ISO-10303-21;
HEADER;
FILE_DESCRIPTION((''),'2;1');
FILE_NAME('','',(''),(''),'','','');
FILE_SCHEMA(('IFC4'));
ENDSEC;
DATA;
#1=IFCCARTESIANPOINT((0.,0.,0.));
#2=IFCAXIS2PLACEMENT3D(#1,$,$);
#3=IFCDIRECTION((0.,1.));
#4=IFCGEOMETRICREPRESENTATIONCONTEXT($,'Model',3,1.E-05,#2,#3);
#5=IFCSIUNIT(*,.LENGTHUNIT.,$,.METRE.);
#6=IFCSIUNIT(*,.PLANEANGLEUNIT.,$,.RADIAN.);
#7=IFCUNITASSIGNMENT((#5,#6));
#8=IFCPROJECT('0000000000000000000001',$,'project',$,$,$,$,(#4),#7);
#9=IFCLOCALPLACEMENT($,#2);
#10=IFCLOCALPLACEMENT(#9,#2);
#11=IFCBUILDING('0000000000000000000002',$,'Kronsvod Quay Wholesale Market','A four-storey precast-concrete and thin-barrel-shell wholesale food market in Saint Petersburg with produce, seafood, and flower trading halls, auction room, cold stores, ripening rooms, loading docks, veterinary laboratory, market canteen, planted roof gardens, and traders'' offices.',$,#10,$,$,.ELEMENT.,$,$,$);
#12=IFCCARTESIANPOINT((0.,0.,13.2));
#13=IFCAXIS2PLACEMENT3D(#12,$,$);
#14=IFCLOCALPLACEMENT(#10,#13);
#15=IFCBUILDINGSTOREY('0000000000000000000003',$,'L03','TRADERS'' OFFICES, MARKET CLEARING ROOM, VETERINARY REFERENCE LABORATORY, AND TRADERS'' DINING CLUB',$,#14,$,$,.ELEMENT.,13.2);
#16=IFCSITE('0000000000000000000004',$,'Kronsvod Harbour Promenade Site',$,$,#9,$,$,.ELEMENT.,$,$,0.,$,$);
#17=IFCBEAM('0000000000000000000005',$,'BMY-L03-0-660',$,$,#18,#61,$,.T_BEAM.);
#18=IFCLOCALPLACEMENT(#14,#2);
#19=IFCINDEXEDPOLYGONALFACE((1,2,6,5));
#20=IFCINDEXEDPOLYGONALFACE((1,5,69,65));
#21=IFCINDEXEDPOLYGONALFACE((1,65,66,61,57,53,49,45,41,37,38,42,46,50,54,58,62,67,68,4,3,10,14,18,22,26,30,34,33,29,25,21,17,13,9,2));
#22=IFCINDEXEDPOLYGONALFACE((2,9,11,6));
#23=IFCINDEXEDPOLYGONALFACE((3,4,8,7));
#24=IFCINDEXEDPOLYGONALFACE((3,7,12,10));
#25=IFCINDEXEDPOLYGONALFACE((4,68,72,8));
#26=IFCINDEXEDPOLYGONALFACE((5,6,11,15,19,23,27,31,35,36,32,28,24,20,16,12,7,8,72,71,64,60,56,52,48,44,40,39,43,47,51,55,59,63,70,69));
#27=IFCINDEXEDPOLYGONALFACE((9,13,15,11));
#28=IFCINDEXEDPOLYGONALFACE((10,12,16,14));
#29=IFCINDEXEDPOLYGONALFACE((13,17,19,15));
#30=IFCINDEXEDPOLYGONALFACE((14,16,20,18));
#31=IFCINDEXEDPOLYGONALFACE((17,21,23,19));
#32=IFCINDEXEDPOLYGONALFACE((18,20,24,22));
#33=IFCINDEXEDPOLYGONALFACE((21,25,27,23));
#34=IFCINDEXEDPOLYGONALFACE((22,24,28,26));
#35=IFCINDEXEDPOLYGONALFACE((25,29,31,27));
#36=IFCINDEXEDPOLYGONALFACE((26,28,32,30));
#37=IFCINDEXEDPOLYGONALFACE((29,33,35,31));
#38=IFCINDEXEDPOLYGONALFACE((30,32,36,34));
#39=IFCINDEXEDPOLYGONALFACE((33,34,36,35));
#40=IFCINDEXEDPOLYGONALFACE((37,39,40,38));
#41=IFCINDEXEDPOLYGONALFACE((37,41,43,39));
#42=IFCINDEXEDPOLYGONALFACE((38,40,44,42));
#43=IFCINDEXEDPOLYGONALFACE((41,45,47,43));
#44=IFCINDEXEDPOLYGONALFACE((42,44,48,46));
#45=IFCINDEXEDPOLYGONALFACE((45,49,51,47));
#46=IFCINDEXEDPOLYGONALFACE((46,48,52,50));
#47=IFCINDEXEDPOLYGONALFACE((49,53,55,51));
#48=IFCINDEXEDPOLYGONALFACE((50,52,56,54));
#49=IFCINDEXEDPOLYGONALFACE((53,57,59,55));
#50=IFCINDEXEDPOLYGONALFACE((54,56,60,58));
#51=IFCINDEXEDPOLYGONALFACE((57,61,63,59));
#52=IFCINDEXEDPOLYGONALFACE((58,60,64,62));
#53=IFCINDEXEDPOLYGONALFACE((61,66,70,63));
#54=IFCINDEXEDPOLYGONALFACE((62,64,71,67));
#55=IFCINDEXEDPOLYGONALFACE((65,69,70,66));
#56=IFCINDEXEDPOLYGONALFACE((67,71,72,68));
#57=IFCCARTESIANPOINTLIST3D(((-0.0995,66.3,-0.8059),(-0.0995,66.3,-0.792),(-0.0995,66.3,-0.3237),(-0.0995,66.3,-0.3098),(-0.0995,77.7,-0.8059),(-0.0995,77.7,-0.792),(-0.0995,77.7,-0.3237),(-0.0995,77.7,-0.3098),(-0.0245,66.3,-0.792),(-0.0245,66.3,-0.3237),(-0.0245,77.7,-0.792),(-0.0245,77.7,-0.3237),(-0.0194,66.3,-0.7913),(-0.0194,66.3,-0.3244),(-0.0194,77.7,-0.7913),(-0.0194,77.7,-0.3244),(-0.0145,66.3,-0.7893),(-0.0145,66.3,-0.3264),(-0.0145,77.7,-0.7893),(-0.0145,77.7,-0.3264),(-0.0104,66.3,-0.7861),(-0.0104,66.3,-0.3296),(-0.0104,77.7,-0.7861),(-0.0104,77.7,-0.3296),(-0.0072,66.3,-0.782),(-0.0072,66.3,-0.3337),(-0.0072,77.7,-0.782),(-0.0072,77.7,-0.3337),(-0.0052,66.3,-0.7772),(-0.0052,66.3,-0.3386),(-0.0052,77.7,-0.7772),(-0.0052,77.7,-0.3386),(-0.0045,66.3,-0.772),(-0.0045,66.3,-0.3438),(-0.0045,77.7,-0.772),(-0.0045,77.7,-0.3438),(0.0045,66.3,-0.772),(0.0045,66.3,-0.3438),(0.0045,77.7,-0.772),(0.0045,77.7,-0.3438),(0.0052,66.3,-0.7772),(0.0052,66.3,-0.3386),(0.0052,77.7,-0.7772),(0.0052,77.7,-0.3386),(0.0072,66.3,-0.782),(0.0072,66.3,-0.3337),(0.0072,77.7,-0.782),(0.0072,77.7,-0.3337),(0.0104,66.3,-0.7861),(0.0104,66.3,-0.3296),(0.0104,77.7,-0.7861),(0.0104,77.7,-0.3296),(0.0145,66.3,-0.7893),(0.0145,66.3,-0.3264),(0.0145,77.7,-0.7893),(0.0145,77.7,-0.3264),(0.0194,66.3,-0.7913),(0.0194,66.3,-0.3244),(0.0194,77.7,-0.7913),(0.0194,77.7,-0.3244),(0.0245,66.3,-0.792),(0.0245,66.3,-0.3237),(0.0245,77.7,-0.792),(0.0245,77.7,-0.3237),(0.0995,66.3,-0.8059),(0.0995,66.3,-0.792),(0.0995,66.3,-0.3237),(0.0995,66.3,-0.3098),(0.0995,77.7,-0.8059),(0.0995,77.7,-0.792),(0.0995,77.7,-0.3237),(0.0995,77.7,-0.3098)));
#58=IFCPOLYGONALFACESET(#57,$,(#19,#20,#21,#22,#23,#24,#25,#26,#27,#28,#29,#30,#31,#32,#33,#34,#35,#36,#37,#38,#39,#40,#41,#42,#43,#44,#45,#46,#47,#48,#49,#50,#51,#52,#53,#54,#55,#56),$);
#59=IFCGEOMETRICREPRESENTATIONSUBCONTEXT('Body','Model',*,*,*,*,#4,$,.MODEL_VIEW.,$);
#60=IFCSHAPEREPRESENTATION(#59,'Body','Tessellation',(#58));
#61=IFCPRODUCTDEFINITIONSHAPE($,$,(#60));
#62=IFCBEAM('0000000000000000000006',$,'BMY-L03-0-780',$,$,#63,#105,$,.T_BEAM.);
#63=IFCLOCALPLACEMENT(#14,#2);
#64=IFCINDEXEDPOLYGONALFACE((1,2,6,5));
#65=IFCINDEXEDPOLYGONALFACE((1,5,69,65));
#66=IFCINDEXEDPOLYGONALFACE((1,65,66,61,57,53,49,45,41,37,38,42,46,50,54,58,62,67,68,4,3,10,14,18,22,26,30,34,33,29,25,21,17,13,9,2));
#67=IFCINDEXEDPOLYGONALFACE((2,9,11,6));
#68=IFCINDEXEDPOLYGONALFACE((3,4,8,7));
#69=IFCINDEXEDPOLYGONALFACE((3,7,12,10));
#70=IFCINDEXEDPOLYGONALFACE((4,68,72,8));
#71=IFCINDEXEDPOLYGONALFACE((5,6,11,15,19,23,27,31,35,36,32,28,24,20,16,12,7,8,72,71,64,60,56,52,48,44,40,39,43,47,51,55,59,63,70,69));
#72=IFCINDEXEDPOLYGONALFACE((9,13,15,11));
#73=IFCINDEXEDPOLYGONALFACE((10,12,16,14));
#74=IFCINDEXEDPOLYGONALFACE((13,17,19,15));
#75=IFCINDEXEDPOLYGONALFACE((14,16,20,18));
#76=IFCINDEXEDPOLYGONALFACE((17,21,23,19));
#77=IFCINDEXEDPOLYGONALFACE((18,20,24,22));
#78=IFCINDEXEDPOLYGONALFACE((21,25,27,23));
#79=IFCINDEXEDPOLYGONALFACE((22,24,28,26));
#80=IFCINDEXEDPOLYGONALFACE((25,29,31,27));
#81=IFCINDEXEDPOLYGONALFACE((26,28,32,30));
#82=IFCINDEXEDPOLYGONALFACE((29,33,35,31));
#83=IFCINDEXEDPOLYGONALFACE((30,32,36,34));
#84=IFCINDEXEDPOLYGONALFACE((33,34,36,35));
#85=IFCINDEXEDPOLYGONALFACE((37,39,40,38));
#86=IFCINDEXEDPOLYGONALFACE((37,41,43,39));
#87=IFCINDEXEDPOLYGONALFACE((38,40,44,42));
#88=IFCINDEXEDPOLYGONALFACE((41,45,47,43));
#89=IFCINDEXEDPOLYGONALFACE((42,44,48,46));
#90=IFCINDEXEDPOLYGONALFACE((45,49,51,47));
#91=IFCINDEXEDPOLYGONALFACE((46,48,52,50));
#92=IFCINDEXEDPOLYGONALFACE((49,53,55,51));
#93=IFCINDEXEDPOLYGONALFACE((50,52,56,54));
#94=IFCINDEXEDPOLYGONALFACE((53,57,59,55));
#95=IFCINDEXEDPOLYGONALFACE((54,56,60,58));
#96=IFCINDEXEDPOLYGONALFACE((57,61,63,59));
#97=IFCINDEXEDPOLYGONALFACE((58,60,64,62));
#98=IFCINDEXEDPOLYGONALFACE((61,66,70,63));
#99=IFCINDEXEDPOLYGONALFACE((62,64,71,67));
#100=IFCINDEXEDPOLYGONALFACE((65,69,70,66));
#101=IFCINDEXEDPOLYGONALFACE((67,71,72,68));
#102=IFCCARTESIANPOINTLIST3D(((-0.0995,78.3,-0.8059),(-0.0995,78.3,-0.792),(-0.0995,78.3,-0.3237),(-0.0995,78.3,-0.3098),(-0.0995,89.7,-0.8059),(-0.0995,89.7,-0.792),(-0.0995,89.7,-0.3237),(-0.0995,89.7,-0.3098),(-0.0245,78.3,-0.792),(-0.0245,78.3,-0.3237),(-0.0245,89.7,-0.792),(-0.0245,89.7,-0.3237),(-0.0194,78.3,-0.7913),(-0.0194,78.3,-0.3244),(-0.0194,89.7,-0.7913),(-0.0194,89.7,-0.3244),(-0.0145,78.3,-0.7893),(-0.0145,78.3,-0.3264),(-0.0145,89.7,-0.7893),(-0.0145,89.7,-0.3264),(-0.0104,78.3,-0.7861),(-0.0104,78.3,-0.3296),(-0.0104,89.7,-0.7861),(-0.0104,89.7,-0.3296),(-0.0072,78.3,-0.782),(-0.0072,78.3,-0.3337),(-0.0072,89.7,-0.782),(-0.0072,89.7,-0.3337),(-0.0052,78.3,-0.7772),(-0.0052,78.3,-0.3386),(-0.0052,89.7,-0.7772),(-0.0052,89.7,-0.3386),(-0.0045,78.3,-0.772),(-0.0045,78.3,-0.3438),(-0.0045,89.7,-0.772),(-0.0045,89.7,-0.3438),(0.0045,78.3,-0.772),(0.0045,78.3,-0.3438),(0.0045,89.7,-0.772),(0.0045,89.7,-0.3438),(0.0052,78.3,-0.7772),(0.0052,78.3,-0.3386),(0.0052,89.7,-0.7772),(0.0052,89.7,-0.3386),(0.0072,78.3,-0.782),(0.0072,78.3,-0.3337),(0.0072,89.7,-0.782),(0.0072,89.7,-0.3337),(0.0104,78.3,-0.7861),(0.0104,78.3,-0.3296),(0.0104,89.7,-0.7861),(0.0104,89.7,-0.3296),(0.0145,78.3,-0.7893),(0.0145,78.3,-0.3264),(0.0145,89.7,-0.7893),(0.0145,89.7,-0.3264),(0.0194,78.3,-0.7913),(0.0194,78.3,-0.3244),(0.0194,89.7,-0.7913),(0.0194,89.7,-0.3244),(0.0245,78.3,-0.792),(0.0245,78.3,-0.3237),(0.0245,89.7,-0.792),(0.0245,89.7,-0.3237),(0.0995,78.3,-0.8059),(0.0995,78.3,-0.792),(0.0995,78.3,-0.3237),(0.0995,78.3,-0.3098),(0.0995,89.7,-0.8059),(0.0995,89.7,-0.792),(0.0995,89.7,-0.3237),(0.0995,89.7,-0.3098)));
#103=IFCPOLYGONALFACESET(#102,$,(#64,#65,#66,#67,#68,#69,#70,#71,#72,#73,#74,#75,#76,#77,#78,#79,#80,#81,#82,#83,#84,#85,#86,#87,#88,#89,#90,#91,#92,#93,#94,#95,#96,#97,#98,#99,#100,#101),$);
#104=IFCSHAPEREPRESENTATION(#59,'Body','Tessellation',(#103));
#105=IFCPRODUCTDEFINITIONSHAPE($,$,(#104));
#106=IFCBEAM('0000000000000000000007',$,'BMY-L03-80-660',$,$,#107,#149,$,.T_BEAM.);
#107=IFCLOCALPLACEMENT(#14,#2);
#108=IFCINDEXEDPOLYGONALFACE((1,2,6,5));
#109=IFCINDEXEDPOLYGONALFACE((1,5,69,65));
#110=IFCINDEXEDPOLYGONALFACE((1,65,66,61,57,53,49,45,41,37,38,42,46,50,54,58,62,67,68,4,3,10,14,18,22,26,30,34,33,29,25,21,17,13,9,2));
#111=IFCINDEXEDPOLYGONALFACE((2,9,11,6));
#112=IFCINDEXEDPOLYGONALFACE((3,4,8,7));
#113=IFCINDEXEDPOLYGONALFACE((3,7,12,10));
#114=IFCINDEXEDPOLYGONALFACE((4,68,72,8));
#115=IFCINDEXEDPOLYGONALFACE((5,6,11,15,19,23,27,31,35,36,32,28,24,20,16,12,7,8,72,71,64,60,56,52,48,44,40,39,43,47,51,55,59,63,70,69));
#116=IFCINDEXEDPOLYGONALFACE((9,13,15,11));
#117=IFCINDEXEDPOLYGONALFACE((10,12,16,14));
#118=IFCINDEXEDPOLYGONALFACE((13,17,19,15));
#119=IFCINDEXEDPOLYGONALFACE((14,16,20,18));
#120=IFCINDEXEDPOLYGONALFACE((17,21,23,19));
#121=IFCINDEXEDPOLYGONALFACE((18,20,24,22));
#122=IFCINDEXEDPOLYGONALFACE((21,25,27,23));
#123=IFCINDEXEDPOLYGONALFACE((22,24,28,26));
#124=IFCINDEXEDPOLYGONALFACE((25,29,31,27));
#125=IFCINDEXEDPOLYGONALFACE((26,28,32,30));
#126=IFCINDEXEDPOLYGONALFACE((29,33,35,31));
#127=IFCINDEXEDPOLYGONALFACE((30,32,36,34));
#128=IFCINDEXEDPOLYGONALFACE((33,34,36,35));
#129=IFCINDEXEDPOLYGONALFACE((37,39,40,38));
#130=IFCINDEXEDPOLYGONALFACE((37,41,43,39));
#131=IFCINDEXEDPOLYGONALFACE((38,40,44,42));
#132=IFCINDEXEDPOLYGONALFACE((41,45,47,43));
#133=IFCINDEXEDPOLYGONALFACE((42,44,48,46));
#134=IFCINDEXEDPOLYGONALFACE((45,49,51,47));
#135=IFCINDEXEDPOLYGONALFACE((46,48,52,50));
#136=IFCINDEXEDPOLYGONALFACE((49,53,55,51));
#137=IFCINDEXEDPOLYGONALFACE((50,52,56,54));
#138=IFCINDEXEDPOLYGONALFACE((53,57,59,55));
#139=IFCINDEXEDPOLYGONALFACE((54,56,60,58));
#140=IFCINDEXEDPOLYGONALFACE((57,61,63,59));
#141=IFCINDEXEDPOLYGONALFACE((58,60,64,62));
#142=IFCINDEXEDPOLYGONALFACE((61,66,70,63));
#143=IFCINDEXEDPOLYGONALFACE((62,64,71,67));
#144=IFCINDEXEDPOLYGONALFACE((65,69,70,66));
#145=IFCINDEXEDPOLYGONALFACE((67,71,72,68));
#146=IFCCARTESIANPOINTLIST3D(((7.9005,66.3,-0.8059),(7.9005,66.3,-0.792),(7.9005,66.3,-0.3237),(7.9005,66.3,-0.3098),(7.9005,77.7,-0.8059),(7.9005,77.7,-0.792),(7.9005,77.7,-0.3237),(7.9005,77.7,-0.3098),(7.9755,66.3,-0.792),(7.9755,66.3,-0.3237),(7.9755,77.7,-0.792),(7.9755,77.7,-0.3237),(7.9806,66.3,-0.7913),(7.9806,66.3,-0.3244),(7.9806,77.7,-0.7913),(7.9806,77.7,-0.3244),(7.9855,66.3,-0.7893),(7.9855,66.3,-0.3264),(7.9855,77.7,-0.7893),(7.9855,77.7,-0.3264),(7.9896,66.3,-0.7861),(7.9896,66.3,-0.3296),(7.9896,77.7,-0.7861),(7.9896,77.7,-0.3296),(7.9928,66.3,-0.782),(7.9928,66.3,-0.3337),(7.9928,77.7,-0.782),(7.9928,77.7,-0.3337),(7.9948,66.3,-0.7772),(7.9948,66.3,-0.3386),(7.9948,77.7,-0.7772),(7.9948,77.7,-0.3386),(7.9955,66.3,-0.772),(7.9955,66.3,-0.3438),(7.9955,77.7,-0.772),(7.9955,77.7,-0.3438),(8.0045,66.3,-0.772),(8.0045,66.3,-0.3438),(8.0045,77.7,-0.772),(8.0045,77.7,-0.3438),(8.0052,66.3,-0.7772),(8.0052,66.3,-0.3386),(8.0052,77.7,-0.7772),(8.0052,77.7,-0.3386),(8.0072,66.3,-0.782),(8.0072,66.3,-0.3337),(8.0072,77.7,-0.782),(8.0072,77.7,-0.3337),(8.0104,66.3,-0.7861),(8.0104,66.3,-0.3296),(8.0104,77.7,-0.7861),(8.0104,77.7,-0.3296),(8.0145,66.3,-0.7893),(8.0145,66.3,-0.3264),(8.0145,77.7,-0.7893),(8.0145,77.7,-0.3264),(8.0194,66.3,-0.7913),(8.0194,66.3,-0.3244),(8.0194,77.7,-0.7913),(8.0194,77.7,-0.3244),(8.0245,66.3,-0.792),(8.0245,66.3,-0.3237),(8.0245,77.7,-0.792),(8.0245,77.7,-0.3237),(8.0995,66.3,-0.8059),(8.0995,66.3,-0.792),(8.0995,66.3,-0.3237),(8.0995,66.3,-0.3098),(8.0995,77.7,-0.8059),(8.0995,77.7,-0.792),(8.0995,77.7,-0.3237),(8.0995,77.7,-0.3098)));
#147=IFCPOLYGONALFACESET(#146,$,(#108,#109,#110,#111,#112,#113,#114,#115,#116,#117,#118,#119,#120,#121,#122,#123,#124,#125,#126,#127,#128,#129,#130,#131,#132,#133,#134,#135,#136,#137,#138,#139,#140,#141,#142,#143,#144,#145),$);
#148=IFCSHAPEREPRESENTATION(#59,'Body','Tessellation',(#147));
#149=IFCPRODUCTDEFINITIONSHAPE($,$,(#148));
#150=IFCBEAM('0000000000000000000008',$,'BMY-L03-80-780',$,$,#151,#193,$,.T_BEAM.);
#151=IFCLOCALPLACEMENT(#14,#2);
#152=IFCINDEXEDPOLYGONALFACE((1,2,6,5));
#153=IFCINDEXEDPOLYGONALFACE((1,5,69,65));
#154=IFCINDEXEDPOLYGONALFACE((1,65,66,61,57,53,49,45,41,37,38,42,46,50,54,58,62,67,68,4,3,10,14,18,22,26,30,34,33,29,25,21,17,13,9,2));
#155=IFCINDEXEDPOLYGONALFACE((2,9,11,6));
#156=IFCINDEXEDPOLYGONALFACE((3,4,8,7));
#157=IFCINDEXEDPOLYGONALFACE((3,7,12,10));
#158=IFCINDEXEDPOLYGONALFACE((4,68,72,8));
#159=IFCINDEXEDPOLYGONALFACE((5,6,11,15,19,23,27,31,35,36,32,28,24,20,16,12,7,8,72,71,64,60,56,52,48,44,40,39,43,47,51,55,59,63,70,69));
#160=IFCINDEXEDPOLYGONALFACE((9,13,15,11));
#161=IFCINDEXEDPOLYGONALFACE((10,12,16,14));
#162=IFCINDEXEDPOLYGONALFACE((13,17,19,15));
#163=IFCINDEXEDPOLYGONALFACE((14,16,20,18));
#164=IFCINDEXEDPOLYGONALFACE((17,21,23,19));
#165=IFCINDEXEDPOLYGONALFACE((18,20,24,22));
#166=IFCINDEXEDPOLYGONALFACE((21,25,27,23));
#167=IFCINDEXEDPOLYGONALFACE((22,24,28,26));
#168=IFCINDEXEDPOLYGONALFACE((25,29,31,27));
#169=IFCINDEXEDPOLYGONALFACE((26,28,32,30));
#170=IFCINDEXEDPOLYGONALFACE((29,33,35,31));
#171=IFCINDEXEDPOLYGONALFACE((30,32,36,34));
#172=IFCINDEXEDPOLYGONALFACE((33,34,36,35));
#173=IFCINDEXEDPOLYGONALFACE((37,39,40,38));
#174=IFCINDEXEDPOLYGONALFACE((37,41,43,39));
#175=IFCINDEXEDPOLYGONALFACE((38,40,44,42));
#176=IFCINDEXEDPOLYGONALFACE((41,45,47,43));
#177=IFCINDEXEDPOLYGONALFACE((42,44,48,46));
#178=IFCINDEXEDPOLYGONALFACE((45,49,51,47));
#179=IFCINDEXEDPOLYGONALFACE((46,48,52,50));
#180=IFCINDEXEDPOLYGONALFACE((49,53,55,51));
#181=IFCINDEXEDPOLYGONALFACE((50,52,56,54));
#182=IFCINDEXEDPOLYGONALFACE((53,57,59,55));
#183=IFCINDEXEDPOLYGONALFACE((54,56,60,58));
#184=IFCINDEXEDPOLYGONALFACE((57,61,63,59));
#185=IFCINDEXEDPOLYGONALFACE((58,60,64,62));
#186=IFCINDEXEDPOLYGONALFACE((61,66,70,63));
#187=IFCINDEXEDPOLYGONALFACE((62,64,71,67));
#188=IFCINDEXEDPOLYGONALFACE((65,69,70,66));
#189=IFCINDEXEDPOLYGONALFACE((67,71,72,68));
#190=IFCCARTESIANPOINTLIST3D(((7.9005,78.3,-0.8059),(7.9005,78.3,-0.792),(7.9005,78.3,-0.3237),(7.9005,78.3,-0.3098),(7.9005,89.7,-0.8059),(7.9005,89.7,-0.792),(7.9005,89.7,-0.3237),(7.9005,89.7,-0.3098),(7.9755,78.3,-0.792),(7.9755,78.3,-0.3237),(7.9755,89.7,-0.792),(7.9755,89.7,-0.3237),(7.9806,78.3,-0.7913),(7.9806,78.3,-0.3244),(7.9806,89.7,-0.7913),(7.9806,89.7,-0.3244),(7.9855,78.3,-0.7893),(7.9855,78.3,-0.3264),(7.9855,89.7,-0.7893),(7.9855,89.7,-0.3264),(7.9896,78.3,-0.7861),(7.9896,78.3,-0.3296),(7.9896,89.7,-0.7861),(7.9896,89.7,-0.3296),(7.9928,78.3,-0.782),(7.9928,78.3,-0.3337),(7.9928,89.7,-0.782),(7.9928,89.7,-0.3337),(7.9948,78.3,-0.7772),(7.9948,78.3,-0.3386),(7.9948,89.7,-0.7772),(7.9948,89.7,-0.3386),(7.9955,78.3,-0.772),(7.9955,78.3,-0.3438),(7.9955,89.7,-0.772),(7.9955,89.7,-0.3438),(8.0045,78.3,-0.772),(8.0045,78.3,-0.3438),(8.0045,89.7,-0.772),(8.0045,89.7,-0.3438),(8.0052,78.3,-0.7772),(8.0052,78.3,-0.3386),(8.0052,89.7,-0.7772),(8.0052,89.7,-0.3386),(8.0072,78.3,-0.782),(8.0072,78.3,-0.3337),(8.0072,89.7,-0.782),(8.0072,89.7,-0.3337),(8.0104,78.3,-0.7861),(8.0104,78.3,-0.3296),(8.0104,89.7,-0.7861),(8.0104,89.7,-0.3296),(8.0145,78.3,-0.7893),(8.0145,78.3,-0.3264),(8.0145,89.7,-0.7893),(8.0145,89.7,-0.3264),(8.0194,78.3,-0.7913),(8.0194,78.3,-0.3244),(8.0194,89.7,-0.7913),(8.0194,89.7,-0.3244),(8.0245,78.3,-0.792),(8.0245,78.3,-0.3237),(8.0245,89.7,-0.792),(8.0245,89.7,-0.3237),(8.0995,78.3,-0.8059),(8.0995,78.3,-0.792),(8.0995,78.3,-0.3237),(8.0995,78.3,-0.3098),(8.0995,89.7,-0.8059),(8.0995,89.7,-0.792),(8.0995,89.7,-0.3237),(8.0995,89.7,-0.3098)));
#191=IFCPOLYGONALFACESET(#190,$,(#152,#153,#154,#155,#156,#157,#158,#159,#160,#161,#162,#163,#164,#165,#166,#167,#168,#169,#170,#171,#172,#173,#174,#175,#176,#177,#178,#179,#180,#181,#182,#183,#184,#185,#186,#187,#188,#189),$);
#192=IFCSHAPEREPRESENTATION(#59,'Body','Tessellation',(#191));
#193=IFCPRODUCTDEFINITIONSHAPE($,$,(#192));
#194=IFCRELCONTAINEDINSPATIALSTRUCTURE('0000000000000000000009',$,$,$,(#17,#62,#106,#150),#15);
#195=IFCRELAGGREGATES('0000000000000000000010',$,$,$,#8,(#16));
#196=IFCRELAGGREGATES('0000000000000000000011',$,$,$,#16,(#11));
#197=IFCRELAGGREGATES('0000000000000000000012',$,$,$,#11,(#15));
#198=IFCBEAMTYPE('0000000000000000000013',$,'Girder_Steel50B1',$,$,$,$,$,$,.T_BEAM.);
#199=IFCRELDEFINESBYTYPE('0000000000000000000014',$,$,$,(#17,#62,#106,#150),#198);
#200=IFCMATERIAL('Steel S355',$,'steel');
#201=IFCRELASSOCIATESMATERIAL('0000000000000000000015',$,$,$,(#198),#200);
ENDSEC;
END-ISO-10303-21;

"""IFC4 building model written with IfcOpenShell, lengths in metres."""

from ifc_helpers import new_model, si_unit, direction, frame, origin, origin_2d, place, context, subcontext, project, spatial, i_section, extrude, material, material_profile, profile_set, type_object, element, save


model = new_model("IFC4")

# Units and contexts
model_context = context("Model", 3, precision=1e-05, world=origin(), true_north=direction((0.0, 1.0)))
body_context = subcontext(model_context, "Body", "Model", "MODEL_VIEW")
ifc_project = project(units=[si_unit("LENGTHUNIT", "METRE"), si_unit("PLANEANGLEUNIT", "RADIAN")], contexts=[model_context])

# Site, building, storey
site_placement = place(None, origin())
site = spatial("IfcSite", under=ifc_project, at=site_placement, Name="Kronsvod Harbour Promenade Site", CompositionType="ELEMENT", RefElevation=0.0)
building_placement = place(site_placement, origin())
building = spatial("IfcBuilding", under=site, at=building_placement, Name="Kronsvod Quay Wholesale Market", Description="A four-storey precast-concrete and thin-barrel-shell wholesale food market in Saint Petersburg with produce, seafood, and flower trading halls, auction room, cold stores, ripening rooms, loading docks, veterinary laboratory, market canteen, planted roof gardens, and traders' offices.", CompositionType="ELEMENT")
storey_placement = place(building_placement, frame((0.0, 0.0, 13.2)))
storey = spatial("IfcBuildingStorey", under=building, at=storey_placement, Name="L03", Description="TRADERS' OFFICES, MARKET CLEARING ROOM, VETERINARY REFERENCE LABORATORY, AND TRADERS' DINING CLUB", CompositionType="ELEMENT", Elevation=13.2)

# Beams
ifc_material_1 = material(Name="Steel S355", Category="steel")
ifc_material_profile_1 = material_profile(ifc_material_1, i_section(OverallWidth=0.199, OverallDepth=0.4961, WebThickness=0.009, FlangeThickness=0.0139, FilletRadius=0.02, at=origin_2d()), Name="50B1")
ifc_profile_set_1 = profile_set([ifc_material_profile_1], Name="Steel S355")
beam_type_1 = type_object("IfcBeamType", Name="Girder_Steel50B1", PredefinedType="T_BEAM", material=ifc_profile_set_1)
for number, where, z_axis, x_axis, name in (
    (1, (0.0, 66.3, -0.5579), (0.0, 1.0, 0.0), (-1.0, 0.0, 0.0), "BMY-L03-0-660"),
    (2, (0.0, 78.3, -0.5579), (0.0, 1.0, 0.0), (-1.0, 0.0, 0.0), "BMY-L03-0-780"),
    (3, (8.0, 66.3, -0.5579), (0.0, 1.0, 0.0), (-1.0, 0.0, 0.0), "BMY-L03-80-660"),
    (4, (8.0, 78.3, -0.5579), (0.0, 1.0, 0.0), (-1.0, 0.0, 0.0), "BMY-L03-80-780"),
):
    element("IfcBeam", number, at=place(storey_placement, frame(where, z_axis=z_axis, x_axis=x_axis)), inside=storey, type_object=beam_type_1, Name=name, PredefinedType="T_BEAM", context=body_context, shape_type="SweptSolid", body=[
        extrude(i_section(OverallWidth=0.199, OverallDepth=0.4961, WebThickness=0.009, FlangeThickness=0.0139, FilletRadius=0.02, at=origin_2d()), origin(), (0.0, 0.0, 1.0), 11.3999),
    ])

save(model, "model.ifc")
